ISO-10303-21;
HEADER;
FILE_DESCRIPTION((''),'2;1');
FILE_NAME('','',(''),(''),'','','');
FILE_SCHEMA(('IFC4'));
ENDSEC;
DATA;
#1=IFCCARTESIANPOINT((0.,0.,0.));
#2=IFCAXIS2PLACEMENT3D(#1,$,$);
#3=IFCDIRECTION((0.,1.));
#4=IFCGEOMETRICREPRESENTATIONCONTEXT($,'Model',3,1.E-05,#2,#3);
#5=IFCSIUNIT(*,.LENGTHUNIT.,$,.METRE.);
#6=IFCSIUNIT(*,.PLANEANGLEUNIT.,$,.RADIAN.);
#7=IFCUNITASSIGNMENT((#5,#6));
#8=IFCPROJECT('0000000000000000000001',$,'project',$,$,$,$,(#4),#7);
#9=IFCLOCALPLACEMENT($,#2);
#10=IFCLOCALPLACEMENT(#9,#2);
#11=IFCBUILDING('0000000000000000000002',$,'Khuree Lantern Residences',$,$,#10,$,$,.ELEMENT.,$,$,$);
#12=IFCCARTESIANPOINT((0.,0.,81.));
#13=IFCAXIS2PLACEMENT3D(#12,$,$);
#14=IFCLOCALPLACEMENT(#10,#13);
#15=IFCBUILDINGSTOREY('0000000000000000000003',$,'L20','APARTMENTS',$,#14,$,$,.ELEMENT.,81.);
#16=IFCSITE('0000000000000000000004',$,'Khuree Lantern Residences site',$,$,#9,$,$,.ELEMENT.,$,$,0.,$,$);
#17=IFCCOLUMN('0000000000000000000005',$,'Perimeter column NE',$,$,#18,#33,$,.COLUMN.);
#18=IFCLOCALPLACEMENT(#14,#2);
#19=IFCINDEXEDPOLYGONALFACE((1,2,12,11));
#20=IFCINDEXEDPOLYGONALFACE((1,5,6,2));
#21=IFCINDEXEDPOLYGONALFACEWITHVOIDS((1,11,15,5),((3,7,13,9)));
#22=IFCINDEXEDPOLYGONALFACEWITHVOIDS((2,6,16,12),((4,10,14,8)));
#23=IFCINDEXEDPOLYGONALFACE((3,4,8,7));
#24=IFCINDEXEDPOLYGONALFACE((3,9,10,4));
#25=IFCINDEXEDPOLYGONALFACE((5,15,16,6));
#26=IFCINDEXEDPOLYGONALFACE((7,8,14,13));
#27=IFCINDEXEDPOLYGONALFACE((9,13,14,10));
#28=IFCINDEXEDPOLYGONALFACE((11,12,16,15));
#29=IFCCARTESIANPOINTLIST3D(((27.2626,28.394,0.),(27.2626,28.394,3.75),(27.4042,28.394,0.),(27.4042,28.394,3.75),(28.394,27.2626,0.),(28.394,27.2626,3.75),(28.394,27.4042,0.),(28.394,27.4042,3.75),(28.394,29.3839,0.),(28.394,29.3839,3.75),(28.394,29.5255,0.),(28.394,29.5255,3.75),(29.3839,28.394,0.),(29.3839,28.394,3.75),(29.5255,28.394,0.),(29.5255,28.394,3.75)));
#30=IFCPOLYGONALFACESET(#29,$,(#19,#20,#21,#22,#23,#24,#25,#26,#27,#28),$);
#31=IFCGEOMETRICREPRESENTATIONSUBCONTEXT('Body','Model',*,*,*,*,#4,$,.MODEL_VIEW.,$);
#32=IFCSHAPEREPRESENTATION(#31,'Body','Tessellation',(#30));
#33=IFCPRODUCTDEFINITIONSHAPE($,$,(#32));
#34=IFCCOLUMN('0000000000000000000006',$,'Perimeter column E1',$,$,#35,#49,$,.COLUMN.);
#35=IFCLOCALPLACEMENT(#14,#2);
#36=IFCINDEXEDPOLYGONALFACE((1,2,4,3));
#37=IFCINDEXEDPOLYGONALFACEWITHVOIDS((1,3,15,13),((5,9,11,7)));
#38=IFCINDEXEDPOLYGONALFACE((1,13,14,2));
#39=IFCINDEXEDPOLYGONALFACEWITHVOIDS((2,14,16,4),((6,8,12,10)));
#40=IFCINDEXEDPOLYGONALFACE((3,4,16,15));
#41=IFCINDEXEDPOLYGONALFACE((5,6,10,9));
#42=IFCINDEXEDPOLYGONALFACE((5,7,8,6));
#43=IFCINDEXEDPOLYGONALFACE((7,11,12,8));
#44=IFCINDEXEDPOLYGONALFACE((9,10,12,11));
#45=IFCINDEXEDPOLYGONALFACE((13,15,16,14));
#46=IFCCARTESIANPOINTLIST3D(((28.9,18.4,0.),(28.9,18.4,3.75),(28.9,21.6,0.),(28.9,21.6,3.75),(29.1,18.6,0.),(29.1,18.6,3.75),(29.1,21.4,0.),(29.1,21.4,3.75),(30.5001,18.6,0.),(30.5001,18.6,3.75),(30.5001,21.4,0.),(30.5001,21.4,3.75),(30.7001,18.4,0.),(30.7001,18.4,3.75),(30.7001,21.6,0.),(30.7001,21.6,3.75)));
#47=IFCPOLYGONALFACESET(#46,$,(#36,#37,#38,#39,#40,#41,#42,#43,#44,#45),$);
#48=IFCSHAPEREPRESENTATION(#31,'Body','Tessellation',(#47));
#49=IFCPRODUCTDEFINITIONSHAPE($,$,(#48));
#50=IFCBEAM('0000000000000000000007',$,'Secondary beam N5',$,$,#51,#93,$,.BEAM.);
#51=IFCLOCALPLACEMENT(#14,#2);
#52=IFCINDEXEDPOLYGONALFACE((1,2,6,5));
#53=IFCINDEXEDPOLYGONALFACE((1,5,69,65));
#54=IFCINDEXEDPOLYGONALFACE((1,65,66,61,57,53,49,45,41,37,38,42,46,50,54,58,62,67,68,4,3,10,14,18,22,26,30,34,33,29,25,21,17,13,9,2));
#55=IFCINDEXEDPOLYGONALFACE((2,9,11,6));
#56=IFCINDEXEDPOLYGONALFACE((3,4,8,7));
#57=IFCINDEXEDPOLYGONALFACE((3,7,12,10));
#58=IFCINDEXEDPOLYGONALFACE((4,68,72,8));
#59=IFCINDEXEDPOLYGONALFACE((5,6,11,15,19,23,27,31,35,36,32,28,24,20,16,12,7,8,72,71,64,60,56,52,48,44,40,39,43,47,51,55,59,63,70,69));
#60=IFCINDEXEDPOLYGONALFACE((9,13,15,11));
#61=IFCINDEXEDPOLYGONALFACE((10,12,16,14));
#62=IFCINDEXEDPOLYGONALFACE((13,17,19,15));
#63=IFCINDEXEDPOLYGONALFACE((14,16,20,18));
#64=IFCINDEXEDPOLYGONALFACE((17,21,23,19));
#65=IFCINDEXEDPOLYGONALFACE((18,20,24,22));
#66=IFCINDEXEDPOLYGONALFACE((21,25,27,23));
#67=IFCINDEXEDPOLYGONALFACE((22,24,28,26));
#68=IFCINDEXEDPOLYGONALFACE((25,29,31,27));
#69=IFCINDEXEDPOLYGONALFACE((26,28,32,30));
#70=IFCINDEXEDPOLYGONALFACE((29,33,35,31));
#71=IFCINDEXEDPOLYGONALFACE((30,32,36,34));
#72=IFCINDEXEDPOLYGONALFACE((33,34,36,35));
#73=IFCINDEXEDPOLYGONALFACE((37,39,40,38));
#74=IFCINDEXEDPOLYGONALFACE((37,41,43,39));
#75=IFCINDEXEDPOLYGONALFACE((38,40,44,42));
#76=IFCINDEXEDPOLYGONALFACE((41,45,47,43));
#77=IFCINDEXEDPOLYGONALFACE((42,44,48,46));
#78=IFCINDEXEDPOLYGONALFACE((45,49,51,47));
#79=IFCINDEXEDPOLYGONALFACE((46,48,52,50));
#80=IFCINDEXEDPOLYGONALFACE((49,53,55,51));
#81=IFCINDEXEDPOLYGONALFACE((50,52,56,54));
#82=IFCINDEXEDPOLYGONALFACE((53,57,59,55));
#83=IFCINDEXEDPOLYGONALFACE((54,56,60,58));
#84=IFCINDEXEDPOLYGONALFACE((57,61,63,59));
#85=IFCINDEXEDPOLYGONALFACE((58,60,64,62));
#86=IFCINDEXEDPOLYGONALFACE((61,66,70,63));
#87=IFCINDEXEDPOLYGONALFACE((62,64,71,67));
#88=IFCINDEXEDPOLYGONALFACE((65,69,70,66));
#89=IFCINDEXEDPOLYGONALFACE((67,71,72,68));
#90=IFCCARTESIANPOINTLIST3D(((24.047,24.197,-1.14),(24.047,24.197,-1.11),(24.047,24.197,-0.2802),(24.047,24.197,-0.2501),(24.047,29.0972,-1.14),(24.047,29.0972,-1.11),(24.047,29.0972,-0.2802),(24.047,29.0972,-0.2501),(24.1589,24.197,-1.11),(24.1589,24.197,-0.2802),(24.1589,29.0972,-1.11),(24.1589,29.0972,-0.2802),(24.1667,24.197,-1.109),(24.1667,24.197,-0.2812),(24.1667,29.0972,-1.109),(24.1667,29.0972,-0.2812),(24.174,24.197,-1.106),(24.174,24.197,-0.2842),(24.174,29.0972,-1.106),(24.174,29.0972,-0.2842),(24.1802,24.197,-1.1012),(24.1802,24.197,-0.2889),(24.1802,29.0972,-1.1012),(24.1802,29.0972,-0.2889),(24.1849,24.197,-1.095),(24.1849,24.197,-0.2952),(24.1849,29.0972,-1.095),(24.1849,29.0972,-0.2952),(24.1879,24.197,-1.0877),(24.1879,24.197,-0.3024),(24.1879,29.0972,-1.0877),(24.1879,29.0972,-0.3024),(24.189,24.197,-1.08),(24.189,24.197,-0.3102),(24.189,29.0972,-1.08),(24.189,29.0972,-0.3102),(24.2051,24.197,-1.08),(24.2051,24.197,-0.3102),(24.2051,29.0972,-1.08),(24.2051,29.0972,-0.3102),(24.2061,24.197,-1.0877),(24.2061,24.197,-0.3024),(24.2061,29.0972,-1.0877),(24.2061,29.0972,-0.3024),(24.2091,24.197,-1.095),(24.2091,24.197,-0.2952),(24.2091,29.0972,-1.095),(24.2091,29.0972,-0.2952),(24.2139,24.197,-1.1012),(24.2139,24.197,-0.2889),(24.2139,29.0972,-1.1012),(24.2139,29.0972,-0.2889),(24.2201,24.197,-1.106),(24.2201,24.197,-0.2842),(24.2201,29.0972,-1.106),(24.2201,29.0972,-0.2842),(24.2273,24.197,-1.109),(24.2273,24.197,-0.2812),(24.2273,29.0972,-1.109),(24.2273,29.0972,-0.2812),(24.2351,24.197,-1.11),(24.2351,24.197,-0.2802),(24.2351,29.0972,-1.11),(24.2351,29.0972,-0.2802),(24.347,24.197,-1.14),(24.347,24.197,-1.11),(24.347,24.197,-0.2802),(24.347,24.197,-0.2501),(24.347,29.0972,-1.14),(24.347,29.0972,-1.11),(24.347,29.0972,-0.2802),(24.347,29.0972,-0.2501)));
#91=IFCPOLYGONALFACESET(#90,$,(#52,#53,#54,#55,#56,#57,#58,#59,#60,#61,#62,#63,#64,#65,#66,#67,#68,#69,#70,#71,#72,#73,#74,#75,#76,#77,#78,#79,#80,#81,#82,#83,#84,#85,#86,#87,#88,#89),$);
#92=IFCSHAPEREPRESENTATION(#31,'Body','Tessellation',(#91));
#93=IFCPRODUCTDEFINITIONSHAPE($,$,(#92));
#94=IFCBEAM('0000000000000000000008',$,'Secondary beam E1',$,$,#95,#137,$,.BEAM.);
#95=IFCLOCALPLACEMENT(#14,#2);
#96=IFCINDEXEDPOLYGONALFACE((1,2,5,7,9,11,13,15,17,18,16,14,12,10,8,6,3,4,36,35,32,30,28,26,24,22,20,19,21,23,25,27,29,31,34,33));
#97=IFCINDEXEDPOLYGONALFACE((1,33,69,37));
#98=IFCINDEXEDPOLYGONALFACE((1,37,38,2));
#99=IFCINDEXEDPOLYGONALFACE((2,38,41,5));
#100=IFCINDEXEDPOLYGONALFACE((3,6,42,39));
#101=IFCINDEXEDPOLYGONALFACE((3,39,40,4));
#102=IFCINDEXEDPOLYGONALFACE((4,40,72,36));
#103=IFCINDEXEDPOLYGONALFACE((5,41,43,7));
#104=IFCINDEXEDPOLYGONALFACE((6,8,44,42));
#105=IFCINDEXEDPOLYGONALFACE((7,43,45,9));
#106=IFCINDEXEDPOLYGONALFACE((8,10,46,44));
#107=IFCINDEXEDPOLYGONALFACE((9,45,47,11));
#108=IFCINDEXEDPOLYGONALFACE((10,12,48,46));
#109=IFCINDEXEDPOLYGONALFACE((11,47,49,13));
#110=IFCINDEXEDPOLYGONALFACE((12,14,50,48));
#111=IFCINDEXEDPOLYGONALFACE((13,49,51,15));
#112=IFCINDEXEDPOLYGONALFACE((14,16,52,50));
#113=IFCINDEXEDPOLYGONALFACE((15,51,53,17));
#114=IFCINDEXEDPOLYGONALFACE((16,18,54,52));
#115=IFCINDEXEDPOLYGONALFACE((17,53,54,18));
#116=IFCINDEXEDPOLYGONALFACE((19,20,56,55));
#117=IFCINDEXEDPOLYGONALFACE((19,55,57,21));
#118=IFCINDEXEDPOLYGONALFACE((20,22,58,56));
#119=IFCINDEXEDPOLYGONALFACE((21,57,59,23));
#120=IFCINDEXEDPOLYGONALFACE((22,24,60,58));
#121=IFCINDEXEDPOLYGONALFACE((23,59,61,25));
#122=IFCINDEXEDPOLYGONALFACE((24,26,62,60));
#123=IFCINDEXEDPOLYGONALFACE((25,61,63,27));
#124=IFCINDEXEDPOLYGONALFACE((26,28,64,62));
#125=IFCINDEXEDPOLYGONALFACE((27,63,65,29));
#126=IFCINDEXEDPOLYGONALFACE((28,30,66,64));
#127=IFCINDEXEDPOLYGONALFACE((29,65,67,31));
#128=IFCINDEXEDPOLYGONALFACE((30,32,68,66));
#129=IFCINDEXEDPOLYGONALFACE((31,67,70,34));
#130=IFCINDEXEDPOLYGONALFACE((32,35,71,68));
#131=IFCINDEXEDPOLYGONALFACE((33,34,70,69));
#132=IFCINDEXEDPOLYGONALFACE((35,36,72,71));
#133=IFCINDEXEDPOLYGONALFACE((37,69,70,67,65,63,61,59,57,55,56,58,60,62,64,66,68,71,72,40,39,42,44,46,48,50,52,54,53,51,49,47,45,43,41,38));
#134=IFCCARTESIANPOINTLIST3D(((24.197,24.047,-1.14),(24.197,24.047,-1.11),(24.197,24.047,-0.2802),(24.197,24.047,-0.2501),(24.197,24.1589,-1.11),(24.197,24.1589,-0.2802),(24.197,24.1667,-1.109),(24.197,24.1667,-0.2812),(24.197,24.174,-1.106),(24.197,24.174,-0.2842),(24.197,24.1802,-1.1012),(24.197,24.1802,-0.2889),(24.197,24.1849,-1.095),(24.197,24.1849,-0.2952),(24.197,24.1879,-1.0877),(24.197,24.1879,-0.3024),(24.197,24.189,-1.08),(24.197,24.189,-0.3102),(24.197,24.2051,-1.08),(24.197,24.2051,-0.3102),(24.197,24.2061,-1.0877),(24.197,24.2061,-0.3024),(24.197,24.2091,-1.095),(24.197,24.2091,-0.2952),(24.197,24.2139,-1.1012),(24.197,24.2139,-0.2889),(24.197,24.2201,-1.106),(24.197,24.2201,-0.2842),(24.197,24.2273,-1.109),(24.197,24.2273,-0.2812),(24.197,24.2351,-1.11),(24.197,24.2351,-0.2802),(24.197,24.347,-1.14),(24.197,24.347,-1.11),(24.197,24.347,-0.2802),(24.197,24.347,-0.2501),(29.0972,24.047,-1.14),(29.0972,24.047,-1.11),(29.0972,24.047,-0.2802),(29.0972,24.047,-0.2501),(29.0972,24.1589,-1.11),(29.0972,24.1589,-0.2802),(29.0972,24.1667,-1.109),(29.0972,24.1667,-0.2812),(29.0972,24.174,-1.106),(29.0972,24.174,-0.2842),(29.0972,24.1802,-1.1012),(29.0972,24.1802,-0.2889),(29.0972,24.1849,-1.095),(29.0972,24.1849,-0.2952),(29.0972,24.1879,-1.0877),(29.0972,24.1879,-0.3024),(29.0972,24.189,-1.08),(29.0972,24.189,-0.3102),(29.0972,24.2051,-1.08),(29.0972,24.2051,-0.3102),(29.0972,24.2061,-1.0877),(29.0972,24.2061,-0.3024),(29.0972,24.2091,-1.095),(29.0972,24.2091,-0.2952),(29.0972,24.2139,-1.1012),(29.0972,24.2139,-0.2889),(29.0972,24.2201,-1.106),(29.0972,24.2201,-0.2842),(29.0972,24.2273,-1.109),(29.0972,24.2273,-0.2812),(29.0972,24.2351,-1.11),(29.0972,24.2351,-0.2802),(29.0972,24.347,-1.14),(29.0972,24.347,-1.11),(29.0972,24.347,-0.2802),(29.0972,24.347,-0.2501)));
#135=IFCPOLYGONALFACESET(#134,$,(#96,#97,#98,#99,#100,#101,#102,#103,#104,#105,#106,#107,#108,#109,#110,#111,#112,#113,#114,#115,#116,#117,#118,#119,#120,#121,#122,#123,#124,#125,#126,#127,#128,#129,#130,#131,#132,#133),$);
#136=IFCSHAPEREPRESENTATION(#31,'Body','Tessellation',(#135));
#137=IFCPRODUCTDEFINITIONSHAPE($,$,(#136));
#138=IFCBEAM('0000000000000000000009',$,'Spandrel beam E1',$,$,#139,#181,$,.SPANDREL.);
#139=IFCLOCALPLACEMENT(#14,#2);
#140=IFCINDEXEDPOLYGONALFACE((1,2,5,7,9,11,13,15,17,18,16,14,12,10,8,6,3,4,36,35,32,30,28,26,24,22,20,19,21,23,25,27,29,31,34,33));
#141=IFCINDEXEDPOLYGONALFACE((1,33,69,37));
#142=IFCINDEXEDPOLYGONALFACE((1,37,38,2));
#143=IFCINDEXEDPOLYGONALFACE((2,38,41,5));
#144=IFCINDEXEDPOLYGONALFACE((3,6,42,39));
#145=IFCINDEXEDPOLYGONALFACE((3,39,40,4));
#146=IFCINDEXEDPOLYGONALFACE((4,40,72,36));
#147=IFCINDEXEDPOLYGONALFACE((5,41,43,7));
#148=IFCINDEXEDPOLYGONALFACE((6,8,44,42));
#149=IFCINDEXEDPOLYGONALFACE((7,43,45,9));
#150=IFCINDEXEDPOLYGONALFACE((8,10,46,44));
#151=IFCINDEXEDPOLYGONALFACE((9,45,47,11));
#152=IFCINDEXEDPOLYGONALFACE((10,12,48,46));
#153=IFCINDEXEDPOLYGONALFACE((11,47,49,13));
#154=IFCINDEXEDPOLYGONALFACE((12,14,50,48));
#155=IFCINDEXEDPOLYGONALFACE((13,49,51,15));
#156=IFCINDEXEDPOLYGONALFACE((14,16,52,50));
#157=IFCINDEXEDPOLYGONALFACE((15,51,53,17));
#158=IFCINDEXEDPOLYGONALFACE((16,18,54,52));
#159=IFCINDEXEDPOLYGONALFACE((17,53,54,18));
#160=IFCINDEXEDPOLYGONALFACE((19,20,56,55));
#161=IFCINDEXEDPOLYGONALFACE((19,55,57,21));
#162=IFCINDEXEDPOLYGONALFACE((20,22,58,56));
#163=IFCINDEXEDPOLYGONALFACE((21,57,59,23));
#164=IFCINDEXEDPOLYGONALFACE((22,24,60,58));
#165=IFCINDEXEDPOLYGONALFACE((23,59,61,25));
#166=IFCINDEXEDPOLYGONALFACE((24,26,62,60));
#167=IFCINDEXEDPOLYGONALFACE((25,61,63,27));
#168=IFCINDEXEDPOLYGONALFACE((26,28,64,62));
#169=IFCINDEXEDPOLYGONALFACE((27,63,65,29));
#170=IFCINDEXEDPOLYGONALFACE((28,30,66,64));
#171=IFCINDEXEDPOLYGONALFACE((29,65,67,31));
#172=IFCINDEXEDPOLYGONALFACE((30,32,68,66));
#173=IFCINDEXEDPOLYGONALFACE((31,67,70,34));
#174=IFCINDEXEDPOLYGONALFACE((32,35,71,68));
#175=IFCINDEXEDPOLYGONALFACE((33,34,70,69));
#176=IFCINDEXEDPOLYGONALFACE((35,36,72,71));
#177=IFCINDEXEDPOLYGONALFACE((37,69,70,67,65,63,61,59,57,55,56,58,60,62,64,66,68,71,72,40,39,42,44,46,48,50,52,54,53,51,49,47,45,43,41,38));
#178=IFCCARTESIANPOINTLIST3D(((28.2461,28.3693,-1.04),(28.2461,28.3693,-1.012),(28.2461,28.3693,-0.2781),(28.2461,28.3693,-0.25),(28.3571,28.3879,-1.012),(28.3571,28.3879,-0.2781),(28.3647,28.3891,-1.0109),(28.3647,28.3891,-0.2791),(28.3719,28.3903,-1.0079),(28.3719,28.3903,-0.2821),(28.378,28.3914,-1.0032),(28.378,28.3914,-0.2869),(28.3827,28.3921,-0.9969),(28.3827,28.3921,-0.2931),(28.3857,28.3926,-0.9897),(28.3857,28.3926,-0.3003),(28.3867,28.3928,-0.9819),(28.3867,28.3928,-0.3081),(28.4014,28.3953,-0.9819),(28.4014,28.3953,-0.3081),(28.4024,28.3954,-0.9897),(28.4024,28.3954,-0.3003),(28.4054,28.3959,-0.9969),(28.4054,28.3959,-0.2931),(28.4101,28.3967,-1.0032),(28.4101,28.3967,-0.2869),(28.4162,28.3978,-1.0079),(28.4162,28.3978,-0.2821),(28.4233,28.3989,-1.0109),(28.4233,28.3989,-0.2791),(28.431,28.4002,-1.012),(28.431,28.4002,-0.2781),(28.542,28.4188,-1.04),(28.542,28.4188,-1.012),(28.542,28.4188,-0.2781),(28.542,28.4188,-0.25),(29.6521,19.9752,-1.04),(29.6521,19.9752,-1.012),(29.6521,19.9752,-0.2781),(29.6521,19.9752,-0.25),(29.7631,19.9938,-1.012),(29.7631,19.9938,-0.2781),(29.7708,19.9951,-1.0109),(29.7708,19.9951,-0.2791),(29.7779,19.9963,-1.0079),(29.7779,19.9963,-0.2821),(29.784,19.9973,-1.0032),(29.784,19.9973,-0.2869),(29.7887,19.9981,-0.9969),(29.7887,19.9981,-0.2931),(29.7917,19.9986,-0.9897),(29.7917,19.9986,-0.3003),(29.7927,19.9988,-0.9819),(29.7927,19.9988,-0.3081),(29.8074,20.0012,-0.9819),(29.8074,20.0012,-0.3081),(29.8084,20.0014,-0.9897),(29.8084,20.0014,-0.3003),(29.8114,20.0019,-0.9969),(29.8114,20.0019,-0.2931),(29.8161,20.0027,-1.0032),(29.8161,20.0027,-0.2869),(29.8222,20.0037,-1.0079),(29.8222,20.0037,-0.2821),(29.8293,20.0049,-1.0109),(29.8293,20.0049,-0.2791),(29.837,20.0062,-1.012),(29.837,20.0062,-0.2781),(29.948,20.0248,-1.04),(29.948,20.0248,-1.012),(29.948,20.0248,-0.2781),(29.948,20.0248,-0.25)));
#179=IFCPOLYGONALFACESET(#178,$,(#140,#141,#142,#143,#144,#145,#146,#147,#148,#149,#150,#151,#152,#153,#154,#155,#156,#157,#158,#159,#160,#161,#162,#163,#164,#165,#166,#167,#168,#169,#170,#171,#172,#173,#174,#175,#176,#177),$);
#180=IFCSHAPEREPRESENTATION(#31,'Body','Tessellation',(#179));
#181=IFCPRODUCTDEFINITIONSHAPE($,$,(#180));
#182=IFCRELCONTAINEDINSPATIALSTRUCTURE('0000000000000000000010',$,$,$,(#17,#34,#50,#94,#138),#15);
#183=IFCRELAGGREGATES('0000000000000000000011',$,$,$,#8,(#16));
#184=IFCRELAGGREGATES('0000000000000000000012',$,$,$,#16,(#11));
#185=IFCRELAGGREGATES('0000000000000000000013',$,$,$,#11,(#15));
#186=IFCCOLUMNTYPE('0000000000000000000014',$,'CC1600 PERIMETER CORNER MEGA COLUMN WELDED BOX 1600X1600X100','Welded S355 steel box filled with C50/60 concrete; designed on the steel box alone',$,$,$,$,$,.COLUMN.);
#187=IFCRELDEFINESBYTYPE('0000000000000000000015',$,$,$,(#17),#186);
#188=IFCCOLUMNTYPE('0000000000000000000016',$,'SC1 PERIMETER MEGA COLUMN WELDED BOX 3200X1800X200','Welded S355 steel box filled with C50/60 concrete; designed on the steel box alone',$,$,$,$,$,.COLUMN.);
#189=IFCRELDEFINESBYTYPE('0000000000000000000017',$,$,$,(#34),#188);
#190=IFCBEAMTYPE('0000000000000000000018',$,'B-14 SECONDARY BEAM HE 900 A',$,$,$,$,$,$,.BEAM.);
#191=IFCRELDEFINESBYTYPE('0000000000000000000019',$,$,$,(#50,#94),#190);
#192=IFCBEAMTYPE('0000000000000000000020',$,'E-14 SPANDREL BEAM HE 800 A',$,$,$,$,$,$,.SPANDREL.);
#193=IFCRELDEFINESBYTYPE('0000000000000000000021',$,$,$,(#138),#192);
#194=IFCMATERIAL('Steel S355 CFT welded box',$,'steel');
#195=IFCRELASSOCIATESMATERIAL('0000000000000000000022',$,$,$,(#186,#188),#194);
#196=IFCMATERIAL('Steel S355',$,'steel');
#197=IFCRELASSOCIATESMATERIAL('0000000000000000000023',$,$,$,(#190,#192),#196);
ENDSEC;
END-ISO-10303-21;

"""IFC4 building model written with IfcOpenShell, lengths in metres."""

from ifc_helpers import new_model, si_unit, direction, frame, origin, origin_2d, place, context, subcontext, project, spatial, hollow_rectangle, i_section, extrude, material, material_profile, profile_set, type_object, element, save


model = new_model("IFC4")

# Units and contexts
model_context = context("Model", 3, precision=1e-05, world=origin(), true_north=direction((0.0, 1.0)))
body_context = subcontext(model_context, "Body", "Model", "MODEL_VIEW")
ifc_project = project(units=[si_unit("LENGTHUNIT", "METRE"), si_unit("PLANEANGLEUNIT", "RADIAN")], contexts=[model_context])

# Site, building, storey
site_placement = place(None, origin())
site = spatial("IfcSite", under=ifc_project, at=site_placement, Name="Khuree Lantern Residences site", CompositionType="ELEMENT", RefElevation=0.0)
building_placement = place(site_placement, origin())
building = spatial("IfcBuilding", under=site, at=building_placement, Name="Khuree Lantern Residences", CompositionType="ELEMENT")
storey_placement = place(building_placement, frame((0.0, 0.0, 81.0)))
storey = spatial("IfcBuildingStorey", under=building, at=storey_placement, Name="L20", Description="APARTMENTS", CompositionType="ELEMENT", Elevation=81.0)

# Columns
ifc_material_1 = material(Name="Steel S355 CFT welded box", Category="steel")
ifc_material_profile_1 = material_profile(ifc_material_1, hollow_rectangle(XDim=1.6001, YDim=1.6001, WallThickness=0.1001, at=origin_2d()), Name="WELDED BOX 1600X1600X100")
ifc_profile_set_1 = profile_set([ifc_material_profile_1], Name="Steel S355 CFT welded box")
column_type_1 = type_object("IfcColumnType", Name="CC1600 PERIMETER CORNER MEGA COLUMN WELDED BOX 1600X1600X100", Description="Welded S355 steel box filled with C50/60 concrete; designed on the steel box alone", PredefinedType="COLUMN", material=ifc_profile_set_1)
column_1_placement = place(storey_placement, frame((28.394, 28.394, 0.0), z_axis=(0.0, 0.0, 1.0), x_axis=(0.707107, -0.707107, 0.0)))
element("IfcColumn", 1, at=column_1_placement, inside=storey, type_object=column_type_1, Name="Perimeter column NE", PredefinedType="COLUMN", context=body_context, shape_type="SweptSolid", body=[
    extrude(hollow_rectangle(XDim=1.6001, YDim=1.6001, WallThickness=0.1001, at=origin_2d()), origin(), (0.0, 0.0, 1.0), 3.75),
])
ifc_material_profile_2 = material_profile(ifc_material_1, hollow_rectangle(XDim=3.2, YDim=1.8, WallThickness=0.2, at=origin_2d()), Name="WELDED BOX 3200X1800X200")
ifc_profile_set_2 = profile_set([ifc_material_profile_2], Name="Steel S355 CFT welded box")
column_type_2 = type_object("IfcColumnType", Name="SC1 PERIMETER MEGA COLUMN WELDED BOX 3200X1800X200", Description="Welded S355 steel box filled with C50/60 concrete; designed on the steel box alone", PredefinedType="COLUMN", material=ifc_profile_set_2)
column_2_placement = place(storey_placement, frame((29.8, 20.0, 0.0), z_axis=(0.0, 0.0, 1.0), x_axis=(0.0, 1.0, 0.0)))
element("IfcColumn", 2, at=column_2_placement, inside=storey, type_object=column_type_2, Name="Perimeter column E1", PredefinedType="COLUMN", context=body_context, shape_type="SweptSolid", body=[
    extrude(hollow_rectangle(XDim=3.2, YDim=1.8, WallThickness=0.2, at=origin_2d()), origin(), (0.0, 0.0, 1.0), 3.75),
])

# Beams
ifc_material_2 = material(Name="Steel S355", Category="steel")
ifc_material_profile_3 = material_profile(ifc_material_2, i_section(OverallWidth=0.3, OverallDepth=0.8899, WebThickness=0.0161, FlangeThickness=0.03, FilletRadius=0.03, at=origin_2d()), Name="HE 900 A")
ifc_profile_set_3 = profile_set([ifc_material_profile_3], Name="Steel S355")
beam_type_1 = type_object("IfcBeamType", Name="B-14 SECONDARY BEAM HE 900 A", PredefinedType="BEAM", material=ifc_profile_set_3)
for number, where, z_axis, x_axis, name in (
    (3, (24.197, 29.0972, -0.6951), (0.0, -1.0, 0.0), (1.0, 0.0, 0.0), "Secondary beam N5"),
    (4, (29.0972, 24.197, -0.6951), (-1.0, 0.0, 0.0), (0.0, -1.0, 0.0), "Secondary beam E1"),
):
    element("IfcBeam", number, at=place(storey_placement, frame(where, z_axis=z_axis, x_axis=x_axis)), inside=storey, type_object=beam_type_1, Name=name, PredefinedType="BEAM", context=body_context, shape_type="SweptSolid", body=[
        extrude(i_section(OverallWidth=0.3, OverallDepth=0.8899, WebThickness=0.0161, FlangeThickness=0.03, FilletRadius=0.03, at=origin_2d()), origin(), (0.0, 0.0, 1.0), 4.9001),
    ])
ifc_material_profile_4 = material_profile(ifc_material_2, i_section(OverallWidth=0.3, OverallDepth=0.79, WebThickness=0.0149, FlangeThickness=0.0281, FilletRadius=0.03, at=origin_2d()), Name="HE 800 A")
ifc_profile_set_4 = profile_set([ifc_material_profile_4], Name="Steel S355")
beam_type_2 = type_object("IfcBeamType", Name="E-14 SPANDREL BEAM HE 800 A", PredefinedType="SPANDREL", material=ifc_profile_set_4)
beam_1_placement = place(storey_placement, frame((28.394, 28.394, -0.645), z_axis=(0.165199, -0.98626, 0.0), x_axis=(0.98626, 0.165199, 0.0)))
element("IfcBeam", 5, at=beam_1_placement, inside=storey, type_object=beam_type_2, Name="Spandrel beam E1", PredefinedType="SPANDREL", context=body_context, shape_type="SweptSolid", body=[
    extrude(i_section(OverallWidth=0.3, OverallDepth=0.79, WebThickness=0.0149, FlangeThickness=0.0281, FilletRadius=0.03, at=origin_2d()), origin(), (0.0, 0.0, 1.0), 8.511),
])

save(model, "model.ifc")
